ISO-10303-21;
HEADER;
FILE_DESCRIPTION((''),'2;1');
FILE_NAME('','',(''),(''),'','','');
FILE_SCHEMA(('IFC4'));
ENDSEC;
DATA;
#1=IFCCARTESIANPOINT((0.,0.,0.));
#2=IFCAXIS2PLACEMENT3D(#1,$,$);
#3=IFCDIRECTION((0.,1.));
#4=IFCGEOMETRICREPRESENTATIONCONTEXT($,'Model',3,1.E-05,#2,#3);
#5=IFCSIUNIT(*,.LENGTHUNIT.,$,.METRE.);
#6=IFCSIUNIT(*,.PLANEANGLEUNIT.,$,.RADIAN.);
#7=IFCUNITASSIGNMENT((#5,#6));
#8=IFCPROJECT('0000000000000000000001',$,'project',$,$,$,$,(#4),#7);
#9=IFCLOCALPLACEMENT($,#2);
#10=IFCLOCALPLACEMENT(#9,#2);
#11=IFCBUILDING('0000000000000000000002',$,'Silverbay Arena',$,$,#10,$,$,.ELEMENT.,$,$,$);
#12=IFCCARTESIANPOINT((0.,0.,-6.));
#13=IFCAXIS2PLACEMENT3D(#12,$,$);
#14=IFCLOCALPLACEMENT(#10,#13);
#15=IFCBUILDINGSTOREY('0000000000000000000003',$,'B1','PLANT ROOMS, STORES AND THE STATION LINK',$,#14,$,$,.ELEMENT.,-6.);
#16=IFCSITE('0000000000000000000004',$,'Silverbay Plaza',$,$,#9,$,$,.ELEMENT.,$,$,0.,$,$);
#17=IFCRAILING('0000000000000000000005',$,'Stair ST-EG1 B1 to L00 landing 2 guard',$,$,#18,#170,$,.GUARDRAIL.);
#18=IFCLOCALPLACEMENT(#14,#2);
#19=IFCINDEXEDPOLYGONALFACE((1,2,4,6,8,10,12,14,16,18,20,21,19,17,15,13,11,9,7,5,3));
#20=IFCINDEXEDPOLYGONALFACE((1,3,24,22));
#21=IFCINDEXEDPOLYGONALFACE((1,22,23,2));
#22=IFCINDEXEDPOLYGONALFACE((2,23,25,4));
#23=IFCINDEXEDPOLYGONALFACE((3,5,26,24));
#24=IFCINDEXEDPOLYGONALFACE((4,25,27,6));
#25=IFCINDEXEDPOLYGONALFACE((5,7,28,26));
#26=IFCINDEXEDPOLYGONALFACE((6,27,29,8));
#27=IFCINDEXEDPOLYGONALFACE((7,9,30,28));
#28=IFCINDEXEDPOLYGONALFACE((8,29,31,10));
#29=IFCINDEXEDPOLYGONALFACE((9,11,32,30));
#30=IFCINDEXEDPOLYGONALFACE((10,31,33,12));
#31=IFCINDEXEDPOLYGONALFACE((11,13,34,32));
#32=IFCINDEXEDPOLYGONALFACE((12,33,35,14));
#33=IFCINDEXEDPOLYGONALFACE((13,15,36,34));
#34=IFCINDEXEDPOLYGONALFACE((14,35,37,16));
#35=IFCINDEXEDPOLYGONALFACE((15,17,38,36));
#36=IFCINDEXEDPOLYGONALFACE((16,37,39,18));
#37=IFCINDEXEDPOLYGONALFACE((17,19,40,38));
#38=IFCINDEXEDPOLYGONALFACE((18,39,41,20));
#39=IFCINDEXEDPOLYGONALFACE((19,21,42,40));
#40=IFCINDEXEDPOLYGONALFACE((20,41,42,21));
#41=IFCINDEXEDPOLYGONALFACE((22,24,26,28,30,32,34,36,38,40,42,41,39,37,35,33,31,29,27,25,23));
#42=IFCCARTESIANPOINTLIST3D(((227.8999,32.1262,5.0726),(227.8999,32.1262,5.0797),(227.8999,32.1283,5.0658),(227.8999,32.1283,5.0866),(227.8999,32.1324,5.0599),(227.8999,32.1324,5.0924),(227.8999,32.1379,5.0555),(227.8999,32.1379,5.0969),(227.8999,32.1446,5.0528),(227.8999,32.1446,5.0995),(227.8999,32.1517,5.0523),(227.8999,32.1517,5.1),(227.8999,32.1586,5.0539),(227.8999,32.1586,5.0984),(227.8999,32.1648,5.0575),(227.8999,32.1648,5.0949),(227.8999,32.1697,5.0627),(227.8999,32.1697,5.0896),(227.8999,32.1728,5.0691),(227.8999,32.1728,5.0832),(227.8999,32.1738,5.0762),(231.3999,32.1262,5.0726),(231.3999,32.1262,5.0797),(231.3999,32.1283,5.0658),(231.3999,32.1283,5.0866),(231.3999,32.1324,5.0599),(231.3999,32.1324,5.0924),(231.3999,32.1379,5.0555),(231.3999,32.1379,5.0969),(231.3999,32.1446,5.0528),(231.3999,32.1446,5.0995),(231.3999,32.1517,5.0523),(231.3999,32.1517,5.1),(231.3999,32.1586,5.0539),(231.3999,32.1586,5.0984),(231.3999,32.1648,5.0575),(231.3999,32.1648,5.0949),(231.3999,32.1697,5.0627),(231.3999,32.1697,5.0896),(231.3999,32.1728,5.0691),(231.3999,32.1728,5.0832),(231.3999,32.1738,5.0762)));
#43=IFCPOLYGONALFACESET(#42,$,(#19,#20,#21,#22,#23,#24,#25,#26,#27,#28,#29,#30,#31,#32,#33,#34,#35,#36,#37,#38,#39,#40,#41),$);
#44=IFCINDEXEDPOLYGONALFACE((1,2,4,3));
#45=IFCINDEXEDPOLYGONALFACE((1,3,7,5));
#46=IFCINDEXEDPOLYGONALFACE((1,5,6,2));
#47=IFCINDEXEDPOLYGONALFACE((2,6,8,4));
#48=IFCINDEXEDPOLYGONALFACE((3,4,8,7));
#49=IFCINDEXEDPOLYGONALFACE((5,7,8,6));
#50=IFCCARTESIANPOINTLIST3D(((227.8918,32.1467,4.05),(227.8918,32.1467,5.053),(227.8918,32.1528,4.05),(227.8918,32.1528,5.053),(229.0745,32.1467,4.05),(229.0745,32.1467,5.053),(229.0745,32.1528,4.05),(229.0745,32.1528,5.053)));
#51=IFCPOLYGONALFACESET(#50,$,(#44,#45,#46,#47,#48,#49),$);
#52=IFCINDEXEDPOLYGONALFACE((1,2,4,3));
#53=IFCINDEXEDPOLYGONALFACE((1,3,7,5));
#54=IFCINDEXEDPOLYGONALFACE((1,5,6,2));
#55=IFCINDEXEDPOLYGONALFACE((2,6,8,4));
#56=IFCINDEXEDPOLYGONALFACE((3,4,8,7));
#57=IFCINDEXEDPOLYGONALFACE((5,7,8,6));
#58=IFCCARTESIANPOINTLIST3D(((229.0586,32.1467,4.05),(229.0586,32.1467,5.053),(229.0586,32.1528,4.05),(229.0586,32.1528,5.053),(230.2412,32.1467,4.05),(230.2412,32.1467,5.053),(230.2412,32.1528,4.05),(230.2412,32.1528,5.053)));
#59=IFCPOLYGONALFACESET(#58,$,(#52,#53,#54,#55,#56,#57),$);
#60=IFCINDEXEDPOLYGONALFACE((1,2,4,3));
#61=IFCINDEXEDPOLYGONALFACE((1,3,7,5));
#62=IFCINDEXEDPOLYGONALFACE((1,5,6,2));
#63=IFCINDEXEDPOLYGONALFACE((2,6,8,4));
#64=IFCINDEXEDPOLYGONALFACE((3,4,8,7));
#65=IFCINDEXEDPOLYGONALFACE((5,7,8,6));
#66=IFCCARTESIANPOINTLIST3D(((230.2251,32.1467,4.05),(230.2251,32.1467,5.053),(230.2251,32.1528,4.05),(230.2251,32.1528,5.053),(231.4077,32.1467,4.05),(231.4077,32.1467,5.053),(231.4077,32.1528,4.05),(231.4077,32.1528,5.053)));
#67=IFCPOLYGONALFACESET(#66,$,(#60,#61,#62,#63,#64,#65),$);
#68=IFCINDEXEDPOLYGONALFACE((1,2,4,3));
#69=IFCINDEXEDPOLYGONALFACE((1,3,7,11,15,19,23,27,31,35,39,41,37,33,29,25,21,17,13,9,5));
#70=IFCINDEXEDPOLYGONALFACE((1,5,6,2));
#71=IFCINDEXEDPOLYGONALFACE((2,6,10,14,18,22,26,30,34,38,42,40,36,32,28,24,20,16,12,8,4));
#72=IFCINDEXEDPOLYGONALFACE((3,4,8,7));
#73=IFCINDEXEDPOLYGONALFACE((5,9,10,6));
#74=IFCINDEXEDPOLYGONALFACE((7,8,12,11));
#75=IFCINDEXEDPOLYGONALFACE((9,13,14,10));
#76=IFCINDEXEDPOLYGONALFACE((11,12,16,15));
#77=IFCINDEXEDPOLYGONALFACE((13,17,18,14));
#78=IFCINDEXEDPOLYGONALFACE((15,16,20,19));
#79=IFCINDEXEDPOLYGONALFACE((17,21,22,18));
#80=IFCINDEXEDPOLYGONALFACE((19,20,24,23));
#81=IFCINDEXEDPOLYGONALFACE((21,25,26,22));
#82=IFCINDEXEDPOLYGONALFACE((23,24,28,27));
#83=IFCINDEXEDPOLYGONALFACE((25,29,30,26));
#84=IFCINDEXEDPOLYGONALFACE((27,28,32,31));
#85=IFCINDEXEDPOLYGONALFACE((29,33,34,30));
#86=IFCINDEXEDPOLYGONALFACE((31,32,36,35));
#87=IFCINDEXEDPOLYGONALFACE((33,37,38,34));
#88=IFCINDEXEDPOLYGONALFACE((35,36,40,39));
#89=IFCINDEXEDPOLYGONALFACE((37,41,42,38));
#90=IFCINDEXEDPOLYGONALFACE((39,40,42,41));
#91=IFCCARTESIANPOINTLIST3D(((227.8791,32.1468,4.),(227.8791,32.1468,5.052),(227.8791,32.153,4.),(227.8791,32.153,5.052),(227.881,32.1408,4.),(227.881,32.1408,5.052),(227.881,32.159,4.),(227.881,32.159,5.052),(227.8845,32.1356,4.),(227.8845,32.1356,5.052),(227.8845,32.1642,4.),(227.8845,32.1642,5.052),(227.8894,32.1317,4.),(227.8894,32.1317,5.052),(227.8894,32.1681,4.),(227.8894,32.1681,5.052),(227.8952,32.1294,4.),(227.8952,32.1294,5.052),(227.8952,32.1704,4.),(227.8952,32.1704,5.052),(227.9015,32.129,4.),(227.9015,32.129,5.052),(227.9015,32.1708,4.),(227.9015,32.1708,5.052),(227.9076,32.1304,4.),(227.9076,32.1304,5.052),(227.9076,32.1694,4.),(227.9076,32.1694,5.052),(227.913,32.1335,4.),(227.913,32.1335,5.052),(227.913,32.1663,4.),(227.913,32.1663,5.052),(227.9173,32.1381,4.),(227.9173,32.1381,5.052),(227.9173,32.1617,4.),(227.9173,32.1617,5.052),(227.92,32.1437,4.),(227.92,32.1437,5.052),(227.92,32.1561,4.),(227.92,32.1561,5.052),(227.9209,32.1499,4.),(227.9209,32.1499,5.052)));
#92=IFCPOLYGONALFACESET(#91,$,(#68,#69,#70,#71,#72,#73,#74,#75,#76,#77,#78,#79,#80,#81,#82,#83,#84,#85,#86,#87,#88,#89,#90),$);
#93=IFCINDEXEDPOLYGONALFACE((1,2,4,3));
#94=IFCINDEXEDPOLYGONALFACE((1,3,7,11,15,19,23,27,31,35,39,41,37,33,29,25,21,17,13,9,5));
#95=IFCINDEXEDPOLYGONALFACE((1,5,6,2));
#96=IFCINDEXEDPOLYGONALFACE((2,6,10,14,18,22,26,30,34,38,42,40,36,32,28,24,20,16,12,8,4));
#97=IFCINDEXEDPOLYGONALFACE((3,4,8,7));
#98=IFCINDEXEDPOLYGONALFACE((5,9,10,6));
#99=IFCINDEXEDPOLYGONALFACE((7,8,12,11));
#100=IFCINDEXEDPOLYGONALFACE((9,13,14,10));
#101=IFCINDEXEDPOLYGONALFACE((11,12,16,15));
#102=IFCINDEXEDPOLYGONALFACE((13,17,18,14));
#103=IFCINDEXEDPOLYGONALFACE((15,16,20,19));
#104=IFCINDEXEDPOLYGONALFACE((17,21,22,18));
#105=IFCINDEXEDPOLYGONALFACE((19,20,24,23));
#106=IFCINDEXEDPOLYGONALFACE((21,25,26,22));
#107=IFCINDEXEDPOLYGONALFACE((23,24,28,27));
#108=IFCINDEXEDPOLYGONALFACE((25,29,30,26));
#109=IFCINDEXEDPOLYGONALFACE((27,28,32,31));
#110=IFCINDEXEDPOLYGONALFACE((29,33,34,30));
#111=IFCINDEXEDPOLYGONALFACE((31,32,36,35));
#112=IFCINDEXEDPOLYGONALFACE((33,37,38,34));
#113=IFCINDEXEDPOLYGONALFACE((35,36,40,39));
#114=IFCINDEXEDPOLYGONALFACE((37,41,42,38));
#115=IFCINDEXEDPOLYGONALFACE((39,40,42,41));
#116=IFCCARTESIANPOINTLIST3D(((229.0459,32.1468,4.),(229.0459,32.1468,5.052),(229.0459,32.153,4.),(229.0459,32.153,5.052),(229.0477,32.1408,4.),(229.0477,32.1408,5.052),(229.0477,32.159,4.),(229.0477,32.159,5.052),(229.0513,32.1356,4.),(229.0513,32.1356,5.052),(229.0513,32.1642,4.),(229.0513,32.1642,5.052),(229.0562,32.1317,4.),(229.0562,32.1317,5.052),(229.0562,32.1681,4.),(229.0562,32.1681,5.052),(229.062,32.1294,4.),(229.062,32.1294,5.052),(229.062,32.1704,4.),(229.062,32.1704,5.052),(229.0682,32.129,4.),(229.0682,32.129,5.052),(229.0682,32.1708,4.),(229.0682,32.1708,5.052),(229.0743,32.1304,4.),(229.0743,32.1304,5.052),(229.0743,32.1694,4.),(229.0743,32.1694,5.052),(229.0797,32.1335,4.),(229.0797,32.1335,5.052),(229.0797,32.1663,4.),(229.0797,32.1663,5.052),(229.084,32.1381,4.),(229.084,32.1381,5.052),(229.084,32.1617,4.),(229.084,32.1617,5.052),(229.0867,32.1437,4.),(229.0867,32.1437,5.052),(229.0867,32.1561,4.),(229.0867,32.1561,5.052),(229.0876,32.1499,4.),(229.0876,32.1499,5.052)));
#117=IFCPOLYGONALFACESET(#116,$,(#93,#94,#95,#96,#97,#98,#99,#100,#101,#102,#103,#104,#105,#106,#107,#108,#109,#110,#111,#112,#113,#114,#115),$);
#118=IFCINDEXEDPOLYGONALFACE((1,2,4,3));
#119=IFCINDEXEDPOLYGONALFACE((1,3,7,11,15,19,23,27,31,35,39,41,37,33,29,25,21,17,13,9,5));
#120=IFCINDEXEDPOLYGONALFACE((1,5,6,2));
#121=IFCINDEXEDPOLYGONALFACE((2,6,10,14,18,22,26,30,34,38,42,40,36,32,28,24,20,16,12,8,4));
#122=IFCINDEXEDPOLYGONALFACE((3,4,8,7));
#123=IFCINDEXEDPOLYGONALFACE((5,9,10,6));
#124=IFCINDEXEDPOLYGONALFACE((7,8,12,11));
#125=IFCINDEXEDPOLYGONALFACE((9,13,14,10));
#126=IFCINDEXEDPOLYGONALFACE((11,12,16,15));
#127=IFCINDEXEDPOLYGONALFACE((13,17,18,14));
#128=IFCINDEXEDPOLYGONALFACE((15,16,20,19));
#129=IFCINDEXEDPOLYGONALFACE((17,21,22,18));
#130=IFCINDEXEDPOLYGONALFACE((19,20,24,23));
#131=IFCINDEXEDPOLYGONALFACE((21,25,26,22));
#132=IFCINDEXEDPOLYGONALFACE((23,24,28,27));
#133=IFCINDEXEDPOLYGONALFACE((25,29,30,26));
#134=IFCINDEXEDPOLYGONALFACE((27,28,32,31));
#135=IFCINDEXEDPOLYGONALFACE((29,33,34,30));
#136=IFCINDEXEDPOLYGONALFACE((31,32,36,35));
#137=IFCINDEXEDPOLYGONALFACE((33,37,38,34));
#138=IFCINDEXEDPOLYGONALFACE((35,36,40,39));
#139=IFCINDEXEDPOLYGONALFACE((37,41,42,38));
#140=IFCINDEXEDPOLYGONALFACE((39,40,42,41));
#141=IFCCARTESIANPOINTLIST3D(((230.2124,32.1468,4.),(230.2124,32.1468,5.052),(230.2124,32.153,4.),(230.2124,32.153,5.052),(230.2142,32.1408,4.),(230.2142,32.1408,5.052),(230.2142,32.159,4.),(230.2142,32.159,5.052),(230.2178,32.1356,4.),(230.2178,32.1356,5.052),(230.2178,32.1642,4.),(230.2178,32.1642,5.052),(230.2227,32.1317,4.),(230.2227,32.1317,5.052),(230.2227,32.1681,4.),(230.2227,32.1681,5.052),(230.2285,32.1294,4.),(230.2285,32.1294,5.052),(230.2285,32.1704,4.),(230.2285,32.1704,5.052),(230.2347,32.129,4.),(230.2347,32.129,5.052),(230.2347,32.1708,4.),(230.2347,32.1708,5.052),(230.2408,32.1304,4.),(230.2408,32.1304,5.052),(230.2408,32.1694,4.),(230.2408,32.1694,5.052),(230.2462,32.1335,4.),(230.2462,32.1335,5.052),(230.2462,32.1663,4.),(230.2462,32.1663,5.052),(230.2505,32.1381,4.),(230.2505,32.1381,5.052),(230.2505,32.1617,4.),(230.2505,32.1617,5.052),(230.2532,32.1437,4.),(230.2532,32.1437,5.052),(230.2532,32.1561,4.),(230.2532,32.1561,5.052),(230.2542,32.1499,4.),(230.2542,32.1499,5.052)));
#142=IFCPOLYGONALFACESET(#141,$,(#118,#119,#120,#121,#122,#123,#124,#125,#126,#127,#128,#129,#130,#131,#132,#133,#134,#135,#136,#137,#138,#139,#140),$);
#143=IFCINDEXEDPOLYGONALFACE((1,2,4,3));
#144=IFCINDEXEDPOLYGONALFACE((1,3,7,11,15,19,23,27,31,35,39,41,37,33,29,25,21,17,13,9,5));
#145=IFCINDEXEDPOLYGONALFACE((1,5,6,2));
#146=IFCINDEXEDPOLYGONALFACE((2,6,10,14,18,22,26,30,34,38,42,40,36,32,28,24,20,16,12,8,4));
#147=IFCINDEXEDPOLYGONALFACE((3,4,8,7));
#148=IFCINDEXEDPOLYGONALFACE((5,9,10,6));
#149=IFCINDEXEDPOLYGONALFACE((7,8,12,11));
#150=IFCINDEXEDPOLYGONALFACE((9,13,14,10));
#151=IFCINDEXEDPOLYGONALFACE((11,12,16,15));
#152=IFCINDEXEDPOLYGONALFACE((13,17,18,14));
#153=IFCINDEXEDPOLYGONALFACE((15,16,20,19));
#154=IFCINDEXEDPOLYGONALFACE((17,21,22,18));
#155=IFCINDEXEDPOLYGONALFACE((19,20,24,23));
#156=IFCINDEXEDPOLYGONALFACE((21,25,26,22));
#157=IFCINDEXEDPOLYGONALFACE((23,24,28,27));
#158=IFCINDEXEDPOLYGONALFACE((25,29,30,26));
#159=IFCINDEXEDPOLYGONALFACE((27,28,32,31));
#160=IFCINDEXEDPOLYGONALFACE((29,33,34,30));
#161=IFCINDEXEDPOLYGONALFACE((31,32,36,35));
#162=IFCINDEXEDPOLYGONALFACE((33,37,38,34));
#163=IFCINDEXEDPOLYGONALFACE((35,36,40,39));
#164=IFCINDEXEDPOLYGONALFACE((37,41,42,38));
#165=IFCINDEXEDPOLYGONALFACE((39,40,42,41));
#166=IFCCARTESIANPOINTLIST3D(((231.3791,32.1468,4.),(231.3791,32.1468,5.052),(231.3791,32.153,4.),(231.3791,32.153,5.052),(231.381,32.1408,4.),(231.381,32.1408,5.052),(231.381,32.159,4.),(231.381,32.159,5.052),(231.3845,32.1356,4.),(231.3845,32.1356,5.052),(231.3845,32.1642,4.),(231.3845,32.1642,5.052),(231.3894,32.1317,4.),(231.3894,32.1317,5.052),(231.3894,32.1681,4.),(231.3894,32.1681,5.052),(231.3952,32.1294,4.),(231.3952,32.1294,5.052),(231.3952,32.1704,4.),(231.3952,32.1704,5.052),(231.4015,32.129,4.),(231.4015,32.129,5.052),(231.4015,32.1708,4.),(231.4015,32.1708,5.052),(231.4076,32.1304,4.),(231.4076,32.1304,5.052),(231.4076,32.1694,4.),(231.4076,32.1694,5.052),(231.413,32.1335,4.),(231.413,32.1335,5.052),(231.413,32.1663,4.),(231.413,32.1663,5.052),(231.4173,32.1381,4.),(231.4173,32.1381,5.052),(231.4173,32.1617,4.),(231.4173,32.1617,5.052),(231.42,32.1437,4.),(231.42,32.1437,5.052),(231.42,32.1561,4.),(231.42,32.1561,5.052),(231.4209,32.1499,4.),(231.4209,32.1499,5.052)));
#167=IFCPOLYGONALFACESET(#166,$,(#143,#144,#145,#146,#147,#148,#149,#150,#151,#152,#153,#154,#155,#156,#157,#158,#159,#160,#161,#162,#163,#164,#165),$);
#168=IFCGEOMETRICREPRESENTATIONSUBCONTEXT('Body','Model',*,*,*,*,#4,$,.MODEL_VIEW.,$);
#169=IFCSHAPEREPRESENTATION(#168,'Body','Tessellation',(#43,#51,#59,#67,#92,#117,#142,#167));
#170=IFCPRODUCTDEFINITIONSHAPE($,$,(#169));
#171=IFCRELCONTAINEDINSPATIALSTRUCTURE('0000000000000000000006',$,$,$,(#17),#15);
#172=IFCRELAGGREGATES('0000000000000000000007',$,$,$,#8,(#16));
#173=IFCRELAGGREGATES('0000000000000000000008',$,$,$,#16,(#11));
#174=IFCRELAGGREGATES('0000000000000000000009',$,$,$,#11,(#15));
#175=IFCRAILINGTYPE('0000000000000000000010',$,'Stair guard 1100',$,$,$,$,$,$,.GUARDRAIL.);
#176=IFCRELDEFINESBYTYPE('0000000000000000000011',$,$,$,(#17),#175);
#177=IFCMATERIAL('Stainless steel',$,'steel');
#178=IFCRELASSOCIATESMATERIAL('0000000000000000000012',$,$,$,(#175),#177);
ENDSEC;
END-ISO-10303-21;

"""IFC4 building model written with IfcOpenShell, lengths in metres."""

from ifc_helpers import new_model, si_unit, direction, frame, origin, origin_2d, place, context, subcontext, project, spatial, polyline, circle, outline, extrude, material, type_object, element, save


model = new_model("IFC4")

# Units and contexts
model_context = context("Model", 3, precision=1e-05, world=origin(), true_north=direction((0.0, 1.0)))
body_context = subcontext(model_context, "Body", "Model", "MODEL_VIEW")
ifc_project = project(units=[si_unit("LENGTHUNIT", "METRE"), si_unit("PLANEANGLEUNIT", "RADIAN")], contexts=[model_context])

# Site, building, storey
site_placement = place(None, origin())
site = spatial("IfcSite", under=ifc_project, at=site_placement, Name="Silverbay Plaza", CompositionType="ELEMENT", RefElevation=0.0)
building_placement = place(site_placement, origin())
building = spatial("IfcBuilding", under=site, at=building_placement, Name="Silverbay Arena", CompositionType="ELEMENT")
storey_placement = place(building_placement, frame((0.0, 0.0, -6.0)))
storey = spatial("IfcBuildingStorey", under=building, at=storey_placement, Name="B1", Description="PLANT ROOMS, STORES AND THE STATION LINK", CompositionType="ELEMENT", Elevation=-6.0)

# Railing
ifc_material_1 = material(Name="Stainless steel", Category="steel")
railing_type_1 = type_object("IfcRailingType", Name="Stair guard 1100", PredefinedType="GUARDRAIL", material=ifc_material_1)
for number, where, name in (
    (1, (227.8999, 32.1499, 4.0), "Stair ST-EG1 B1 to L00 landing 2 guard"),
):
    element("IfcRailing", number, at=place(storey_placement, frame(where)), inside=storey, type_object=railing_type_1, Name=name, PredefinedType="GUARDRAIL", context=body_context, shape_type="SweptSolid", body=[
        extrude(circle(Radius=0.0239, at=origin_2d()), frame((0.0, 0.0, 1.0762), z_axis=(1.0, 0.0, 0.0), x_axis=(0.0, 1.0, 0.0)), (0.0, 0.0, 1.0), 3.5),
        extrude(outline(polyline([(-0.0081, 0.05), (1.1746, 0.05), (1.1746, 1.053), (-0.0081, 1.053), (-0.0081, 0.05)])), frame((0.0, 0.0029, 0.0), z_axis=(0.0, -1.0, 0.0), x_axis=(1.0, 0.0, 0.0)), (0.0, 0.0, 1.0), 0.0061),
        extrude(outline(polyline([(-0.0081, 0.05), (1.1746, 0.05), (1.1746, 1.053), (-0.0081, 1.053), (-0.0081, 0.05)])), frame((1.1667, 0.0029, 0.0), z_axis=(0.0, -1.0, 0.0), x_axis=(1.0, 0.0, 0.0)), (0.0, 0.0, 1.0), 0.0061),
        extrude(outline(polyline([(-0.0081, 0.05), (1.1746, 0.05), (1.1746, 1.053), (-0.0081, 1.053), (-0.0081, 0.05)])), frame((2.3333, 0.0029, 0.0), z_axis=(0.0, -1.0, 0.0), x_axis=(1.0, 0.0, 0.0)), (0.0, 0.0, 1.0), 0.0061),
        extrude(circle(Radius=0.021, at=origin_2d()), origin(), (0.0, 0.0, 1.0), 1.052),
        extrude(circle(Radius=0.021, at=origin_2d()), frame((1.1667, 0.0, 0.0)), (0.0, 0.0, 1.0), 1.052),
        extrude(circle(Radius=0.021, at=origin_2d()), frame((2.3333, 0.0, 0.0)), (0.0, 0.0, 1.0), 1.052),
        extrude(circle(Radius=0.021, at=origin_2d()), frame((3.5, 0.0, 0.0)), (0.0, 0.0, 1.0), 1.052),
    ])

save(model, "model.ifc")
